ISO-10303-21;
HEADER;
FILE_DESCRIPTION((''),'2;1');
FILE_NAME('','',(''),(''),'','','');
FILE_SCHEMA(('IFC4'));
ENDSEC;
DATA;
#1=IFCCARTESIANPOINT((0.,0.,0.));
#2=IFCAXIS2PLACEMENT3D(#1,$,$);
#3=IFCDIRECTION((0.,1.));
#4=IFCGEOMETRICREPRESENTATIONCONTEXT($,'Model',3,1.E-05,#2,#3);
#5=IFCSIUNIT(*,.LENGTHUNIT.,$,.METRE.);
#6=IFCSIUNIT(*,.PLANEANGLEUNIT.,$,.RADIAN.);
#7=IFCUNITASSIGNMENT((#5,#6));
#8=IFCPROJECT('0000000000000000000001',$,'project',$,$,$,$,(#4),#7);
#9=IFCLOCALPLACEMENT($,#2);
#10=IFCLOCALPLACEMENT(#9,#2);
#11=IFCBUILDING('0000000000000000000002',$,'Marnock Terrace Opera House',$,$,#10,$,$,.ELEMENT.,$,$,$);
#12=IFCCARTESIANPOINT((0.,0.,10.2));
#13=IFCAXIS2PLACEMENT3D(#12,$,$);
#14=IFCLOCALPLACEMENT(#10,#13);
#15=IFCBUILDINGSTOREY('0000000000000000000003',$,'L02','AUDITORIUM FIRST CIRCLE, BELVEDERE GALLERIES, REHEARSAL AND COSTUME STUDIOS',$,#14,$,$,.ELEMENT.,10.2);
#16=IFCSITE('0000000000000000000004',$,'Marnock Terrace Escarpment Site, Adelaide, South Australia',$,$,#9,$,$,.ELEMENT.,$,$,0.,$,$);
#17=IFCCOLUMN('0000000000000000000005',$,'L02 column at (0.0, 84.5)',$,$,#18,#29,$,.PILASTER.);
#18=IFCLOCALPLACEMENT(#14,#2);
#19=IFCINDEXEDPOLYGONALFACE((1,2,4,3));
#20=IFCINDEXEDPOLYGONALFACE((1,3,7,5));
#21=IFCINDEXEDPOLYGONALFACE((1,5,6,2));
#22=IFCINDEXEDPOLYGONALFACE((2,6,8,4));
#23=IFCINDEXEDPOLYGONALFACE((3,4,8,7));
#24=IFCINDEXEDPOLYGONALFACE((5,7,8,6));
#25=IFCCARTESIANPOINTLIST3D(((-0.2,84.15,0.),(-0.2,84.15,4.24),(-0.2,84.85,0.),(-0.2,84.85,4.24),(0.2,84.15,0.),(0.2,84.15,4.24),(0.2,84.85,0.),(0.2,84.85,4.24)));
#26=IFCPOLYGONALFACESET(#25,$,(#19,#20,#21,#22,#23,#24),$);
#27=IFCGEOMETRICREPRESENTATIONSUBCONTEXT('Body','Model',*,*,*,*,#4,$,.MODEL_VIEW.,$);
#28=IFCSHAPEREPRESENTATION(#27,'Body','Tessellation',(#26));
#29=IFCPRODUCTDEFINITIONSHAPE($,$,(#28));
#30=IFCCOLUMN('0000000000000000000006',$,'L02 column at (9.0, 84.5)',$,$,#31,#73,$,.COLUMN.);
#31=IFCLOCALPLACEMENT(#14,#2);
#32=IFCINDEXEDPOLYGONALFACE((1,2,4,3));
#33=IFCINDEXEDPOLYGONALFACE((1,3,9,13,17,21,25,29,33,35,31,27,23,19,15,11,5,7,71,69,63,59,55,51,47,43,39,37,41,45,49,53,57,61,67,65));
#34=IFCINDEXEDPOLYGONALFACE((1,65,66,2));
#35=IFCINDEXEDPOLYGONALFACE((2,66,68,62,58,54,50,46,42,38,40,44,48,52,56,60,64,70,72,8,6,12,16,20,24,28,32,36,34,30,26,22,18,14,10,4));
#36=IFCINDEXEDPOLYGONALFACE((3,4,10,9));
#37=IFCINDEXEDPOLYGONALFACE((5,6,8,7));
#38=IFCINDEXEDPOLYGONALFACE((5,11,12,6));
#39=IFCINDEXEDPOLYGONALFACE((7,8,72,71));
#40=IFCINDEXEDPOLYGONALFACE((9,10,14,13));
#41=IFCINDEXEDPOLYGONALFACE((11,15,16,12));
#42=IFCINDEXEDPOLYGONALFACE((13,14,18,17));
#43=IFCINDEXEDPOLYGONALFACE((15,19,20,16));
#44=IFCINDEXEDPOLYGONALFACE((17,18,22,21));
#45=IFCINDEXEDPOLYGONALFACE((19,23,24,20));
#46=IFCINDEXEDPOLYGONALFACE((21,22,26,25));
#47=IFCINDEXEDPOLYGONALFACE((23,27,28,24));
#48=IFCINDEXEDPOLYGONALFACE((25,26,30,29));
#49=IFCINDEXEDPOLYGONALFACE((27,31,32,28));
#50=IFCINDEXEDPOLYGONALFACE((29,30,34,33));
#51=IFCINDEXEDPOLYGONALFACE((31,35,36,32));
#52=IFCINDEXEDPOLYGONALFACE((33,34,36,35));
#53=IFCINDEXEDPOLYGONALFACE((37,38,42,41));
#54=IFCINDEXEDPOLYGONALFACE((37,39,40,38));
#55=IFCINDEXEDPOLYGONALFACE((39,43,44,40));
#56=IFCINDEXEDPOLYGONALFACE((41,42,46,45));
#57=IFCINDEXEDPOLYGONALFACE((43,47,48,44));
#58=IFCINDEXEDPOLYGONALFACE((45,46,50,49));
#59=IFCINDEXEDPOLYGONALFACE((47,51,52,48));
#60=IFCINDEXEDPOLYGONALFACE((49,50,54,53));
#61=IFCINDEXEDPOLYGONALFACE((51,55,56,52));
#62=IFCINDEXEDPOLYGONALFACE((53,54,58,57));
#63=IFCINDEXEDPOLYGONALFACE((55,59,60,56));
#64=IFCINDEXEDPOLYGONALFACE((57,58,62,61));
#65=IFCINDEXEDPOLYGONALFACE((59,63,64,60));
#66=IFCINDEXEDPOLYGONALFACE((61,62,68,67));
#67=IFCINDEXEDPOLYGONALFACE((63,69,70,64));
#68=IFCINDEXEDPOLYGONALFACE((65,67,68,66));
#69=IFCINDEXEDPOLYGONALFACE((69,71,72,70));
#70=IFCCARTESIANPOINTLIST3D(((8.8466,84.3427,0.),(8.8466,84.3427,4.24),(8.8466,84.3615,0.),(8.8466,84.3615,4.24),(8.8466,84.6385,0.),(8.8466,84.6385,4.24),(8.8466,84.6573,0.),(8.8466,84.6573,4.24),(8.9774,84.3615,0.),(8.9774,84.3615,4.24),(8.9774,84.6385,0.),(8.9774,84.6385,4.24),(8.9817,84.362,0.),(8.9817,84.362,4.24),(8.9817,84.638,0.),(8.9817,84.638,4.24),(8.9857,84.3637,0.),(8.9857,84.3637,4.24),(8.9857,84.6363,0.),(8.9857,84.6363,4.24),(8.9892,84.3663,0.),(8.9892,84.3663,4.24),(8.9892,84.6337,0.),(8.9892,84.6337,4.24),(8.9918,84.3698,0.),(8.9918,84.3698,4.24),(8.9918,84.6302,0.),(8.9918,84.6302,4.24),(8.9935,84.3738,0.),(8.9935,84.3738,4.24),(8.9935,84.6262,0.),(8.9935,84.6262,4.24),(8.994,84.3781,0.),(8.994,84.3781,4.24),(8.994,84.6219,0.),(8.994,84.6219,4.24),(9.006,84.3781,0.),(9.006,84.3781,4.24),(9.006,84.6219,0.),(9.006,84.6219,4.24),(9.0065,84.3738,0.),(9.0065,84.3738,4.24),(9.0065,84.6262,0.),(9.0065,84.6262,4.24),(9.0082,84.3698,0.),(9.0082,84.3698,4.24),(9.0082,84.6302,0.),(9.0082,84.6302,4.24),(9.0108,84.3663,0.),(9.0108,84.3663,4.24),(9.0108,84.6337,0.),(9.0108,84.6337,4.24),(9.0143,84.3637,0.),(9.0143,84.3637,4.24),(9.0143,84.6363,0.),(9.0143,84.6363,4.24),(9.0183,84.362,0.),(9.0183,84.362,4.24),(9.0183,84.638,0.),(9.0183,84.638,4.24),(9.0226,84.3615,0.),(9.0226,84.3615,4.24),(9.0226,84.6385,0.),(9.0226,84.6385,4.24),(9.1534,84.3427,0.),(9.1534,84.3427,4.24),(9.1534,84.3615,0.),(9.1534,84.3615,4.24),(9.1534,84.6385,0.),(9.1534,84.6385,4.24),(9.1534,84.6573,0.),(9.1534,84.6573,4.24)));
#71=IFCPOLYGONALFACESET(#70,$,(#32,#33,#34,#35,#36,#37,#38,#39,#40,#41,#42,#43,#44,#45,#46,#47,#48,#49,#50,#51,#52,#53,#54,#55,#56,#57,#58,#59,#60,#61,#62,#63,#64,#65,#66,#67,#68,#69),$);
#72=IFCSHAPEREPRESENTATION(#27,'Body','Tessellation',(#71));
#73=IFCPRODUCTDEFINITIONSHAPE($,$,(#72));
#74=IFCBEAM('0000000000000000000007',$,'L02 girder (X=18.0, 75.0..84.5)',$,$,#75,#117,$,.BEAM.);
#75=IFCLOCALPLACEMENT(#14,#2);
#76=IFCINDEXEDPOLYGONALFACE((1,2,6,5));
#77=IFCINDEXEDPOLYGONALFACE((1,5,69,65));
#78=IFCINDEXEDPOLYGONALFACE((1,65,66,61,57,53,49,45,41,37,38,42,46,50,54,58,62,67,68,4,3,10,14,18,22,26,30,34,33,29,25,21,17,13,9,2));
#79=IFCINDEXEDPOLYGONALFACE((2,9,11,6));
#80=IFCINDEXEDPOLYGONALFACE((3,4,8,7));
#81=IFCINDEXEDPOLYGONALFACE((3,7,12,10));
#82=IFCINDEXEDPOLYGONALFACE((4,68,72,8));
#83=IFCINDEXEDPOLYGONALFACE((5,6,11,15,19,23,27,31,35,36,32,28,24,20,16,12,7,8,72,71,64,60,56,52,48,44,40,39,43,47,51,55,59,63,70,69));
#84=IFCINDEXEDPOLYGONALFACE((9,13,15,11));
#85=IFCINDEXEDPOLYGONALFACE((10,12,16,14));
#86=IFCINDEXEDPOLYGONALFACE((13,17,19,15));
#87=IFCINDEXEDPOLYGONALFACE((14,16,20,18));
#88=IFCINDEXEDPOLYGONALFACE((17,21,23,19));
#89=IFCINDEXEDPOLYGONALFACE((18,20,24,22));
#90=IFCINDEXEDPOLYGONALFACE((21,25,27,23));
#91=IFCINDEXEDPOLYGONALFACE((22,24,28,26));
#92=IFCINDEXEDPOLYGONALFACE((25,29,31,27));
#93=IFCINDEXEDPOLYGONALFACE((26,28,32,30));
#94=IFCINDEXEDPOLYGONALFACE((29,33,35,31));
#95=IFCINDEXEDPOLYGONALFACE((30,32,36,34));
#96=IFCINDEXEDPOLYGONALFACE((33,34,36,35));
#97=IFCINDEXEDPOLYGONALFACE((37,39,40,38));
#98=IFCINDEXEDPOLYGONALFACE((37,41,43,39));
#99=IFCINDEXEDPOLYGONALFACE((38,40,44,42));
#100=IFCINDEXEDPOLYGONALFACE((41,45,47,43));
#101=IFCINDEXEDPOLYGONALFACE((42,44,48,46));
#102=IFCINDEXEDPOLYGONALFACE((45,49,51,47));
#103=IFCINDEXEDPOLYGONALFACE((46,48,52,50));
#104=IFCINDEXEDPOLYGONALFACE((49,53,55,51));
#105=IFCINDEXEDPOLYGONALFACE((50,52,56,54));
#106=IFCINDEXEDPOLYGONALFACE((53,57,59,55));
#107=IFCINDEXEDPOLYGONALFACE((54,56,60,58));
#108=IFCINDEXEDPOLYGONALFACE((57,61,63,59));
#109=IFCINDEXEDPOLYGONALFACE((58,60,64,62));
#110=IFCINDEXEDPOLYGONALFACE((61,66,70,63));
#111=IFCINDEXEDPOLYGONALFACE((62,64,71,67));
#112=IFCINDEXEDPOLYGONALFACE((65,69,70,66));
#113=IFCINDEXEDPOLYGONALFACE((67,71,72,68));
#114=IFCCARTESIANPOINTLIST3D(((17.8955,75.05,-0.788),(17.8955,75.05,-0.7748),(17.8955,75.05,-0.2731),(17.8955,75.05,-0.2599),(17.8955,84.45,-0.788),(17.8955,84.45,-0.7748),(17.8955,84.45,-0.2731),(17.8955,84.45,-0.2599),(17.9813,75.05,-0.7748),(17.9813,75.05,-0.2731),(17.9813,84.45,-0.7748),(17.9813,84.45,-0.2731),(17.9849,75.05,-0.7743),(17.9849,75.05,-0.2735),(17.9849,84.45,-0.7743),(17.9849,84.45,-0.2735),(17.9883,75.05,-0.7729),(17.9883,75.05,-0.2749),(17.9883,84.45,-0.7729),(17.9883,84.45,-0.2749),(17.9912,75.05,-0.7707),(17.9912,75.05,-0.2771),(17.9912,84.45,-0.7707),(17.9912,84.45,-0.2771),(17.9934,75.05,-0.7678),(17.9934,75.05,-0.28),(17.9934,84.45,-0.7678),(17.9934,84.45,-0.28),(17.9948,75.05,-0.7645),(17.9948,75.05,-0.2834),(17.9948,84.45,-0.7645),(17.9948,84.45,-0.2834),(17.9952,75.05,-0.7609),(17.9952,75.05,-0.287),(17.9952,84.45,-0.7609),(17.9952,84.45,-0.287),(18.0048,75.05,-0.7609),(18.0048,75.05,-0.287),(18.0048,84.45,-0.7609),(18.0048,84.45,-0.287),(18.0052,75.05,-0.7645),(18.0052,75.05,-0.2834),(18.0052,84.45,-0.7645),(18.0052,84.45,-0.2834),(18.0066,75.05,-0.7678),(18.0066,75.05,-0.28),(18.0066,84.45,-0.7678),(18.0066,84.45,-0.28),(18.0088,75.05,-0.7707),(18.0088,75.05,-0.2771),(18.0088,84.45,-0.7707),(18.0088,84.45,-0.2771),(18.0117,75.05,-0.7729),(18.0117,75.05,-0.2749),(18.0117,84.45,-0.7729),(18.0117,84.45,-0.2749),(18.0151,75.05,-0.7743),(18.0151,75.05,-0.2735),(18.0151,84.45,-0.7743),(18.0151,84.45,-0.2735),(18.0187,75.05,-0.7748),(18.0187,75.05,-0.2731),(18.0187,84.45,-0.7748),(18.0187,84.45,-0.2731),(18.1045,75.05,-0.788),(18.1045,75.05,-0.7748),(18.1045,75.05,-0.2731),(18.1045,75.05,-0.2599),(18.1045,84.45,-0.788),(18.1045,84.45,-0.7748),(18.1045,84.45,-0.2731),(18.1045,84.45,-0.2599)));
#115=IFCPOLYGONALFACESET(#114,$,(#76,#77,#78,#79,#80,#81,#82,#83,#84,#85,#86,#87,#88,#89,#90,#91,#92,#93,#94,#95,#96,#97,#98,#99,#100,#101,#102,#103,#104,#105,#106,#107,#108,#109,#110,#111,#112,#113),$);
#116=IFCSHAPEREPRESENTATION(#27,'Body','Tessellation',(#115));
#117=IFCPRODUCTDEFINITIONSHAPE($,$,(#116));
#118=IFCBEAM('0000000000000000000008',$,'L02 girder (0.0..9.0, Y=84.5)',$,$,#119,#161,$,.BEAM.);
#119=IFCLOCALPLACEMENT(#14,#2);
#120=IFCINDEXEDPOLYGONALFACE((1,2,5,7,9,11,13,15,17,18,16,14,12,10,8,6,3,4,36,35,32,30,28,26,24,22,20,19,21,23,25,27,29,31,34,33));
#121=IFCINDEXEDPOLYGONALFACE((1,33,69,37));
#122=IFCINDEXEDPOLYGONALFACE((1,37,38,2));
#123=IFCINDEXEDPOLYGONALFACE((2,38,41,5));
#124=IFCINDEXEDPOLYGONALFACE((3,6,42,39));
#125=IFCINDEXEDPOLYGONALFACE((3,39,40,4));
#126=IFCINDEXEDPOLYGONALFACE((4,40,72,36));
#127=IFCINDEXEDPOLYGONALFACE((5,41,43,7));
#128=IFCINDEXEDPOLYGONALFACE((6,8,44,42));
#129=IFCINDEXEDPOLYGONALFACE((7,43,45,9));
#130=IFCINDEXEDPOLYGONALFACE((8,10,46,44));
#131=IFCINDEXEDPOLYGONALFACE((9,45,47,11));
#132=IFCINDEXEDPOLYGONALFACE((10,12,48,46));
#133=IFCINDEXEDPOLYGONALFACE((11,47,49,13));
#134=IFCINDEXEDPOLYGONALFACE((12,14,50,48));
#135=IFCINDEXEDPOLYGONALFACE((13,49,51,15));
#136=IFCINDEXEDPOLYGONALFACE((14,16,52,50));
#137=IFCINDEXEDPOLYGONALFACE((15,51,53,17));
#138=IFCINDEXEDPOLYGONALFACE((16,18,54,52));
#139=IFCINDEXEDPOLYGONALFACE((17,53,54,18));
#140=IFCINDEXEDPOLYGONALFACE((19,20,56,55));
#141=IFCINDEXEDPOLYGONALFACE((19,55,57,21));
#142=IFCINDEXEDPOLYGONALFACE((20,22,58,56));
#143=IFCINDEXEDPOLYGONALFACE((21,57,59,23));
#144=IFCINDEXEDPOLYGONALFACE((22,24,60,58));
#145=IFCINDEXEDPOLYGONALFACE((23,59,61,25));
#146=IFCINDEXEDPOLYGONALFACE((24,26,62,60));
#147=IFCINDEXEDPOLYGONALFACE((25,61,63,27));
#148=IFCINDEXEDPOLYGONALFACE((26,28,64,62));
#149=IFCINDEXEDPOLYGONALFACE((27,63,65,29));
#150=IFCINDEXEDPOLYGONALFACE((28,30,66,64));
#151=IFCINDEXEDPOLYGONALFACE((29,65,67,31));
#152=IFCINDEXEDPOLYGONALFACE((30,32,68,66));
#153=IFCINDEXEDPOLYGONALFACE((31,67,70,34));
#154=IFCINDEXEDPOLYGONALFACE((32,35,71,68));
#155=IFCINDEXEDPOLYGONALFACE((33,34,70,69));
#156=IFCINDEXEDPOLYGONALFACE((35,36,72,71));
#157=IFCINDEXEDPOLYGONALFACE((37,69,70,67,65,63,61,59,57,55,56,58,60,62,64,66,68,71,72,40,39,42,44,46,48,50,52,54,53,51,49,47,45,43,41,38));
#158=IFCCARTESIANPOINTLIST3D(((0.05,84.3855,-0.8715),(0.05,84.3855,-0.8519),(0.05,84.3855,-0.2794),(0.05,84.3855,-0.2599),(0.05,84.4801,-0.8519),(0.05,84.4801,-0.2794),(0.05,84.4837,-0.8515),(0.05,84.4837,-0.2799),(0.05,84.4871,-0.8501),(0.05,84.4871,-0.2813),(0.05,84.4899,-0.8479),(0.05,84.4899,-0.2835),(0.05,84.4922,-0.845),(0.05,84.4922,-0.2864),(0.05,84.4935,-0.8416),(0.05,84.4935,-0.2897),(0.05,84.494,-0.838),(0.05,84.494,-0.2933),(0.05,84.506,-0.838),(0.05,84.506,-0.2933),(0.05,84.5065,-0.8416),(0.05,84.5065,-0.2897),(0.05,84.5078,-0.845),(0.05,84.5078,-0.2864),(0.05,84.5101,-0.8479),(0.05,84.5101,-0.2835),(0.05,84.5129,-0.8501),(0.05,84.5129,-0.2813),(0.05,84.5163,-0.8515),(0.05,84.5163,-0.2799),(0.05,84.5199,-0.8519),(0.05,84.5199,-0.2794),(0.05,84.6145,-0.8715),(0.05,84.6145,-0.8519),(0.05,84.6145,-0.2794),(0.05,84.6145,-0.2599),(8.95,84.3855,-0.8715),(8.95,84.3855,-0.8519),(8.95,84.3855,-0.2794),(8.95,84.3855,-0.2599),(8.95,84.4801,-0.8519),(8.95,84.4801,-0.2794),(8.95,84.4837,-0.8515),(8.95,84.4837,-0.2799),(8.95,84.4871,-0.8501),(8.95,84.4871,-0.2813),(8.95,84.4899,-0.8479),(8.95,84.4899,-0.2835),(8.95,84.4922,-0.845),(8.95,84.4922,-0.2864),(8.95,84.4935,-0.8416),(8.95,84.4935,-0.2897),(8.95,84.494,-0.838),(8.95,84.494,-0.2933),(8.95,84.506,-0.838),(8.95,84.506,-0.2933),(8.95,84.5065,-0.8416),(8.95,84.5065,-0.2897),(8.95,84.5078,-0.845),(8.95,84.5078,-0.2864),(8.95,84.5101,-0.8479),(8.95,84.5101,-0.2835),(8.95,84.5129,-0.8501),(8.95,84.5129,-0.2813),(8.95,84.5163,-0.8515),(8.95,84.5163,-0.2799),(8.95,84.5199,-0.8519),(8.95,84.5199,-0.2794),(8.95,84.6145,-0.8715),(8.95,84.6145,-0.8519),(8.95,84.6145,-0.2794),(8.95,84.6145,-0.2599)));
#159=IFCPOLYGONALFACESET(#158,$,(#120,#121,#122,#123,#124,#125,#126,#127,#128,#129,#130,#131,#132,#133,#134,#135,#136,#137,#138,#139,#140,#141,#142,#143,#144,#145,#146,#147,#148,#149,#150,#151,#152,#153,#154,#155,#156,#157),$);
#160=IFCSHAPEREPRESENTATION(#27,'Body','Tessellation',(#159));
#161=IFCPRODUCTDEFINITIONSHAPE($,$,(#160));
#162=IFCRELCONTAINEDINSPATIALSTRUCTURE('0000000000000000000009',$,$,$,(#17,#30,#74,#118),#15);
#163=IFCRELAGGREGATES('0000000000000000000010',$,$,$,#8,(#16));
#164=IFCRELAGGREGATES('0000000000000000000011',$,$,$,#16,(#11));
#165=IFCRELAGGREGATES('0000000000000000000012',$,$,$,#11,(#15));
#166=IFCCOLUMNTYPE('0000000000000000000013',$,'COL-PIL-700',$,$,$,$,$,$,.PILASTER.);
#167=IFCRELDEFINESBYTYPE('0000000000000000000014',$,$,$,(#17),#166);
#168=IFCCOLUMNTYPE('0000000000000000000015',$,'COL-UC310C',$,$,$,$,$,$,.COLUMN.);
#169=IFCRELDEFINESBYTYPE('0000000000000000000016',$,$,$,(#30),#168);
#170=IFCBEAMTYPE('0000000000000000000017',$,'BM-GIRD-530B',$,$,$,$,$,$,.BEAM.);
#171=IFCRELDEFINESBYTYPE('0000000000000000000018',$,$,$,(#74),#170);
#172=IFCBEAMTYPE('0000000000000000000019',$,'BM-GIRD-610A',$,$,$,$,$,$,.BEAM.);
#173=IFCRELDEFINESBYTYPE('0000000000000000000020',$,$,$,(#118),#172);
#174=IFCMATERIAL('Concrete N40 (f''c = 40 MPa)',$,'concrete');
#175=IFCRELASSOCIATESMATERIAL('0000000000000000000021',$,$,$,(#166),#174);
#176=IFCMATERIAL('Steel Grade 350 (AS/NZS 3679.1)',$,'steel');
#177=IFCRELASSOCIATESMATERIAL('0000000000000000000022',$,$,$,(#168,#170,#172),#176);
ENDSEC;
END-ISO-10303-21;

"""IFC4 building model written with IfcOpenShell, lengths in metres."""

from ifc_helpers import new_model, si_unit, direction, frame, origin, origin_2d, place, context, subcontext, project, spatial, rectangle, i_section, extrude, material, material_profile, profile_set, type_object, element, save


model = new_model("IFC4")

# Units and contexts
model_context = context("Model", 3, precision=1e-05, world=origin(), true_north=direction((0.0, 1.0)))
body_context = subcontext(model_context, "Body", "Model", "MODEL_VIEW")
ifc_project = project(units=[si_unit("LENGTHUNIT", "METRE"), si_unit("PLANEANGLEUNIT", "RADIAN")], contexts=[model_context])

# Site, building, storey
site_placement = place(None, origin())
site = spatial("IfcSite", under=ifc_project, at=site_placement, Name="Marnock Terrace Escarpment Site, Adelaide, South Australia", CompositionType="ELEMENT", RefElevation=0.0)
building_placement = place(site_placement, origin())
building = spatial("IfcBuilding", under=site, at=building_placement, Name="Marnock Terrace Opera House", CompositionType="ELEMENT")
storey_placement = place(building_placement, frame((0.0, 0.0, 10.2)))
storey = spatial("IfcBuildingStorey", under=building, at=storey_placement, Name="L02", Description="AUDITORIUM FIRST CIRCLE, BELVEDERE GALLERIES, REHEARSAL AND COSTUME STUDIOS", CompositionType="ELEMENT", Elevation=10.2)

# Columns
ifc_material_1 = material(Name="Concrete N40 (f'c = 40 MPa)", Category="concrete")
ifc_material_profile_1 = material_profile(ifc_material_1, rectangle(XDim=0.3999, YDim=0.7, at=origin_2d()))
ifc_profile_set_1 = profile_set([ifc_material_profile_1], Name="Concrete N40 (f'c = 40 MPa)")
column_type_1 = type_object("IfcColumnType", Name="COL-PIL-700", PredefinedType="PILASTER", material=ifc_profile_set_1)
column_1_placement = place(storey_placement, frame((0.0, 84.5, 0.0), z_axis=(0.0, 0.0, 1.0), x_axis=(1.0, 0.0, 0.0)))
element("IfcColumn", 1, at=column_1_placement, inside=storey, type_object=column_type_1, Name="L02 column at (0.0, 84.5)", PredefinedType="PILASTER", context=body_context, shape_type="SweptSolid", body=[
    extrude(rectangle(XDim=0.3999, YDim=0.7, at=origin_2d()), origin(), (0.0, 0.0, 1.0), 4.24),
])
ifc_material_2 = material(Name="Steel Grade 350 (AS/NZS 3679.1)", Category="steel")
ifc_material_profile_2 = material_profile(ifc_material_2, i_section(OverallWidth=0.3069, OverallDepth=0.3147, WebThickness=0.012, FlangeThickness=0.0188, FilletRadius=0.0166, at=origin_2d()))
ifc_profile_set_2 = profile_set([ifc_material_profile_2], Name="Steel Grade 350 (AS/NZS 3679.1)")
column_type_2 = type_object("IfcColumnType", Name="COL-UC310C", PredefinedType="COLUMN", material=ifc_profile_set_2)
column_2_placement = place(storey_placement, frame((9.0, 84.5, 0.0), z_axis=(0.0, 0.0, 1.0), x_axis=(1.0, 0.0, 0.0)))
element("IfcColumn", 2, at=column_2_placement, inside=storey, type_object=column_type_2, Name="L02 column at (9.0, 84.5)", PredefinedType="COLUMN", context=body_context, shape_type="SweptSolid", body=[
    extrude(i_section(OverallWidth=0.3069, OverallDepth=0.3147, WebThickness=0.012, FlangeThickness=0.0188, FilletRadius=0.0166, at=origin_2d()), origin(), (0.0, 0.0, 1.0), 4.24),
])

# Beams
ifc_material_profile_3 = material_profile(ifc_material_2, i_section(OverallWidth=0.209, OverallDepth=0.5281, WebThickness=0.0095, FlangeThickness=0.0132, FilletRadius=0.0139, at=origin_2d()))
ifc_profile_set_3 = profile_set([ifc_material_profile_3], Name="Steel Grade 350 (AS/NZS 3679.1)")
beam_type_1 = type_object("IfcBeamType", Name="BM-GIRD-530B", PredefinedType="BEAM", material=ifc_profile_set_3)
beam_1_placement = place(storey_placement, frame((18.0, 75.05, -0.5239), z_axis=(0.0, 1.0, 0.0), x_axis=(-1.0, 0.0, 0.0)))
element("IfcBeam", 3, at=beam_1_placement, inside=storey, type_object=beam_type_1, Name="L02 girder (X=18.0, 75.0..84.5)", PredefinedType="BEAM", context=body_context, shape_type="SweptSolid", body=[
    extrude(i_section(OverallWidth=0.209, OverallDepth=0.5281, WebThickness=0.0095, FlangeThickness=0.0132, FilletRadius=0.0139, at=origin_2d()), origin(), (0.0, 0.0, 1.0), 9.3999),
])
ifc_material_profile_4 = material_profile(ifc_material_2, i_section(OverallWidth=0.229, OverallDepth=0.6116, WebThickness=0.012, FlangeThickness=0.0195, FilletRadius=0.0139, at=origin_2d()))
ifc_profile_set_4 = profile_set([ifc_material_profile_4], Name="Steel Grade 350 (AS/NZS 3679.1)")
beam_type_2 = type_object("IfcBeamType", Name="BM-GIRD-610A", PredefinedType="BEAM", material=ifc_profile_set_4)
beam_2_placement = place(storey_placement, frame((0.05, 84.5, -0.5657), z_axis=(1.0, 0.0, 0.0), x_axis=(0.0, 1.0, 0.0)))
element("IfcBeam", 4, at=beam_2_placement, inside=storey, type_object=beam_type_2, Name="L02 girder (0.0..9.0, Y=84.5)", PredefinedType="BEAM", context=body_context, shape_type="SweptSolid", body=[
    extrude(i_section(OverallWidth=0.229, OverallDepth=0.6116, WebThickness=0.012, FlangeThickness=0.0195, FilletRadius=0.0139, at=origin_2d()), origin(), (0.0, 0.0, 1.0), 8.8999),
])

save(model, "model.ifc")
